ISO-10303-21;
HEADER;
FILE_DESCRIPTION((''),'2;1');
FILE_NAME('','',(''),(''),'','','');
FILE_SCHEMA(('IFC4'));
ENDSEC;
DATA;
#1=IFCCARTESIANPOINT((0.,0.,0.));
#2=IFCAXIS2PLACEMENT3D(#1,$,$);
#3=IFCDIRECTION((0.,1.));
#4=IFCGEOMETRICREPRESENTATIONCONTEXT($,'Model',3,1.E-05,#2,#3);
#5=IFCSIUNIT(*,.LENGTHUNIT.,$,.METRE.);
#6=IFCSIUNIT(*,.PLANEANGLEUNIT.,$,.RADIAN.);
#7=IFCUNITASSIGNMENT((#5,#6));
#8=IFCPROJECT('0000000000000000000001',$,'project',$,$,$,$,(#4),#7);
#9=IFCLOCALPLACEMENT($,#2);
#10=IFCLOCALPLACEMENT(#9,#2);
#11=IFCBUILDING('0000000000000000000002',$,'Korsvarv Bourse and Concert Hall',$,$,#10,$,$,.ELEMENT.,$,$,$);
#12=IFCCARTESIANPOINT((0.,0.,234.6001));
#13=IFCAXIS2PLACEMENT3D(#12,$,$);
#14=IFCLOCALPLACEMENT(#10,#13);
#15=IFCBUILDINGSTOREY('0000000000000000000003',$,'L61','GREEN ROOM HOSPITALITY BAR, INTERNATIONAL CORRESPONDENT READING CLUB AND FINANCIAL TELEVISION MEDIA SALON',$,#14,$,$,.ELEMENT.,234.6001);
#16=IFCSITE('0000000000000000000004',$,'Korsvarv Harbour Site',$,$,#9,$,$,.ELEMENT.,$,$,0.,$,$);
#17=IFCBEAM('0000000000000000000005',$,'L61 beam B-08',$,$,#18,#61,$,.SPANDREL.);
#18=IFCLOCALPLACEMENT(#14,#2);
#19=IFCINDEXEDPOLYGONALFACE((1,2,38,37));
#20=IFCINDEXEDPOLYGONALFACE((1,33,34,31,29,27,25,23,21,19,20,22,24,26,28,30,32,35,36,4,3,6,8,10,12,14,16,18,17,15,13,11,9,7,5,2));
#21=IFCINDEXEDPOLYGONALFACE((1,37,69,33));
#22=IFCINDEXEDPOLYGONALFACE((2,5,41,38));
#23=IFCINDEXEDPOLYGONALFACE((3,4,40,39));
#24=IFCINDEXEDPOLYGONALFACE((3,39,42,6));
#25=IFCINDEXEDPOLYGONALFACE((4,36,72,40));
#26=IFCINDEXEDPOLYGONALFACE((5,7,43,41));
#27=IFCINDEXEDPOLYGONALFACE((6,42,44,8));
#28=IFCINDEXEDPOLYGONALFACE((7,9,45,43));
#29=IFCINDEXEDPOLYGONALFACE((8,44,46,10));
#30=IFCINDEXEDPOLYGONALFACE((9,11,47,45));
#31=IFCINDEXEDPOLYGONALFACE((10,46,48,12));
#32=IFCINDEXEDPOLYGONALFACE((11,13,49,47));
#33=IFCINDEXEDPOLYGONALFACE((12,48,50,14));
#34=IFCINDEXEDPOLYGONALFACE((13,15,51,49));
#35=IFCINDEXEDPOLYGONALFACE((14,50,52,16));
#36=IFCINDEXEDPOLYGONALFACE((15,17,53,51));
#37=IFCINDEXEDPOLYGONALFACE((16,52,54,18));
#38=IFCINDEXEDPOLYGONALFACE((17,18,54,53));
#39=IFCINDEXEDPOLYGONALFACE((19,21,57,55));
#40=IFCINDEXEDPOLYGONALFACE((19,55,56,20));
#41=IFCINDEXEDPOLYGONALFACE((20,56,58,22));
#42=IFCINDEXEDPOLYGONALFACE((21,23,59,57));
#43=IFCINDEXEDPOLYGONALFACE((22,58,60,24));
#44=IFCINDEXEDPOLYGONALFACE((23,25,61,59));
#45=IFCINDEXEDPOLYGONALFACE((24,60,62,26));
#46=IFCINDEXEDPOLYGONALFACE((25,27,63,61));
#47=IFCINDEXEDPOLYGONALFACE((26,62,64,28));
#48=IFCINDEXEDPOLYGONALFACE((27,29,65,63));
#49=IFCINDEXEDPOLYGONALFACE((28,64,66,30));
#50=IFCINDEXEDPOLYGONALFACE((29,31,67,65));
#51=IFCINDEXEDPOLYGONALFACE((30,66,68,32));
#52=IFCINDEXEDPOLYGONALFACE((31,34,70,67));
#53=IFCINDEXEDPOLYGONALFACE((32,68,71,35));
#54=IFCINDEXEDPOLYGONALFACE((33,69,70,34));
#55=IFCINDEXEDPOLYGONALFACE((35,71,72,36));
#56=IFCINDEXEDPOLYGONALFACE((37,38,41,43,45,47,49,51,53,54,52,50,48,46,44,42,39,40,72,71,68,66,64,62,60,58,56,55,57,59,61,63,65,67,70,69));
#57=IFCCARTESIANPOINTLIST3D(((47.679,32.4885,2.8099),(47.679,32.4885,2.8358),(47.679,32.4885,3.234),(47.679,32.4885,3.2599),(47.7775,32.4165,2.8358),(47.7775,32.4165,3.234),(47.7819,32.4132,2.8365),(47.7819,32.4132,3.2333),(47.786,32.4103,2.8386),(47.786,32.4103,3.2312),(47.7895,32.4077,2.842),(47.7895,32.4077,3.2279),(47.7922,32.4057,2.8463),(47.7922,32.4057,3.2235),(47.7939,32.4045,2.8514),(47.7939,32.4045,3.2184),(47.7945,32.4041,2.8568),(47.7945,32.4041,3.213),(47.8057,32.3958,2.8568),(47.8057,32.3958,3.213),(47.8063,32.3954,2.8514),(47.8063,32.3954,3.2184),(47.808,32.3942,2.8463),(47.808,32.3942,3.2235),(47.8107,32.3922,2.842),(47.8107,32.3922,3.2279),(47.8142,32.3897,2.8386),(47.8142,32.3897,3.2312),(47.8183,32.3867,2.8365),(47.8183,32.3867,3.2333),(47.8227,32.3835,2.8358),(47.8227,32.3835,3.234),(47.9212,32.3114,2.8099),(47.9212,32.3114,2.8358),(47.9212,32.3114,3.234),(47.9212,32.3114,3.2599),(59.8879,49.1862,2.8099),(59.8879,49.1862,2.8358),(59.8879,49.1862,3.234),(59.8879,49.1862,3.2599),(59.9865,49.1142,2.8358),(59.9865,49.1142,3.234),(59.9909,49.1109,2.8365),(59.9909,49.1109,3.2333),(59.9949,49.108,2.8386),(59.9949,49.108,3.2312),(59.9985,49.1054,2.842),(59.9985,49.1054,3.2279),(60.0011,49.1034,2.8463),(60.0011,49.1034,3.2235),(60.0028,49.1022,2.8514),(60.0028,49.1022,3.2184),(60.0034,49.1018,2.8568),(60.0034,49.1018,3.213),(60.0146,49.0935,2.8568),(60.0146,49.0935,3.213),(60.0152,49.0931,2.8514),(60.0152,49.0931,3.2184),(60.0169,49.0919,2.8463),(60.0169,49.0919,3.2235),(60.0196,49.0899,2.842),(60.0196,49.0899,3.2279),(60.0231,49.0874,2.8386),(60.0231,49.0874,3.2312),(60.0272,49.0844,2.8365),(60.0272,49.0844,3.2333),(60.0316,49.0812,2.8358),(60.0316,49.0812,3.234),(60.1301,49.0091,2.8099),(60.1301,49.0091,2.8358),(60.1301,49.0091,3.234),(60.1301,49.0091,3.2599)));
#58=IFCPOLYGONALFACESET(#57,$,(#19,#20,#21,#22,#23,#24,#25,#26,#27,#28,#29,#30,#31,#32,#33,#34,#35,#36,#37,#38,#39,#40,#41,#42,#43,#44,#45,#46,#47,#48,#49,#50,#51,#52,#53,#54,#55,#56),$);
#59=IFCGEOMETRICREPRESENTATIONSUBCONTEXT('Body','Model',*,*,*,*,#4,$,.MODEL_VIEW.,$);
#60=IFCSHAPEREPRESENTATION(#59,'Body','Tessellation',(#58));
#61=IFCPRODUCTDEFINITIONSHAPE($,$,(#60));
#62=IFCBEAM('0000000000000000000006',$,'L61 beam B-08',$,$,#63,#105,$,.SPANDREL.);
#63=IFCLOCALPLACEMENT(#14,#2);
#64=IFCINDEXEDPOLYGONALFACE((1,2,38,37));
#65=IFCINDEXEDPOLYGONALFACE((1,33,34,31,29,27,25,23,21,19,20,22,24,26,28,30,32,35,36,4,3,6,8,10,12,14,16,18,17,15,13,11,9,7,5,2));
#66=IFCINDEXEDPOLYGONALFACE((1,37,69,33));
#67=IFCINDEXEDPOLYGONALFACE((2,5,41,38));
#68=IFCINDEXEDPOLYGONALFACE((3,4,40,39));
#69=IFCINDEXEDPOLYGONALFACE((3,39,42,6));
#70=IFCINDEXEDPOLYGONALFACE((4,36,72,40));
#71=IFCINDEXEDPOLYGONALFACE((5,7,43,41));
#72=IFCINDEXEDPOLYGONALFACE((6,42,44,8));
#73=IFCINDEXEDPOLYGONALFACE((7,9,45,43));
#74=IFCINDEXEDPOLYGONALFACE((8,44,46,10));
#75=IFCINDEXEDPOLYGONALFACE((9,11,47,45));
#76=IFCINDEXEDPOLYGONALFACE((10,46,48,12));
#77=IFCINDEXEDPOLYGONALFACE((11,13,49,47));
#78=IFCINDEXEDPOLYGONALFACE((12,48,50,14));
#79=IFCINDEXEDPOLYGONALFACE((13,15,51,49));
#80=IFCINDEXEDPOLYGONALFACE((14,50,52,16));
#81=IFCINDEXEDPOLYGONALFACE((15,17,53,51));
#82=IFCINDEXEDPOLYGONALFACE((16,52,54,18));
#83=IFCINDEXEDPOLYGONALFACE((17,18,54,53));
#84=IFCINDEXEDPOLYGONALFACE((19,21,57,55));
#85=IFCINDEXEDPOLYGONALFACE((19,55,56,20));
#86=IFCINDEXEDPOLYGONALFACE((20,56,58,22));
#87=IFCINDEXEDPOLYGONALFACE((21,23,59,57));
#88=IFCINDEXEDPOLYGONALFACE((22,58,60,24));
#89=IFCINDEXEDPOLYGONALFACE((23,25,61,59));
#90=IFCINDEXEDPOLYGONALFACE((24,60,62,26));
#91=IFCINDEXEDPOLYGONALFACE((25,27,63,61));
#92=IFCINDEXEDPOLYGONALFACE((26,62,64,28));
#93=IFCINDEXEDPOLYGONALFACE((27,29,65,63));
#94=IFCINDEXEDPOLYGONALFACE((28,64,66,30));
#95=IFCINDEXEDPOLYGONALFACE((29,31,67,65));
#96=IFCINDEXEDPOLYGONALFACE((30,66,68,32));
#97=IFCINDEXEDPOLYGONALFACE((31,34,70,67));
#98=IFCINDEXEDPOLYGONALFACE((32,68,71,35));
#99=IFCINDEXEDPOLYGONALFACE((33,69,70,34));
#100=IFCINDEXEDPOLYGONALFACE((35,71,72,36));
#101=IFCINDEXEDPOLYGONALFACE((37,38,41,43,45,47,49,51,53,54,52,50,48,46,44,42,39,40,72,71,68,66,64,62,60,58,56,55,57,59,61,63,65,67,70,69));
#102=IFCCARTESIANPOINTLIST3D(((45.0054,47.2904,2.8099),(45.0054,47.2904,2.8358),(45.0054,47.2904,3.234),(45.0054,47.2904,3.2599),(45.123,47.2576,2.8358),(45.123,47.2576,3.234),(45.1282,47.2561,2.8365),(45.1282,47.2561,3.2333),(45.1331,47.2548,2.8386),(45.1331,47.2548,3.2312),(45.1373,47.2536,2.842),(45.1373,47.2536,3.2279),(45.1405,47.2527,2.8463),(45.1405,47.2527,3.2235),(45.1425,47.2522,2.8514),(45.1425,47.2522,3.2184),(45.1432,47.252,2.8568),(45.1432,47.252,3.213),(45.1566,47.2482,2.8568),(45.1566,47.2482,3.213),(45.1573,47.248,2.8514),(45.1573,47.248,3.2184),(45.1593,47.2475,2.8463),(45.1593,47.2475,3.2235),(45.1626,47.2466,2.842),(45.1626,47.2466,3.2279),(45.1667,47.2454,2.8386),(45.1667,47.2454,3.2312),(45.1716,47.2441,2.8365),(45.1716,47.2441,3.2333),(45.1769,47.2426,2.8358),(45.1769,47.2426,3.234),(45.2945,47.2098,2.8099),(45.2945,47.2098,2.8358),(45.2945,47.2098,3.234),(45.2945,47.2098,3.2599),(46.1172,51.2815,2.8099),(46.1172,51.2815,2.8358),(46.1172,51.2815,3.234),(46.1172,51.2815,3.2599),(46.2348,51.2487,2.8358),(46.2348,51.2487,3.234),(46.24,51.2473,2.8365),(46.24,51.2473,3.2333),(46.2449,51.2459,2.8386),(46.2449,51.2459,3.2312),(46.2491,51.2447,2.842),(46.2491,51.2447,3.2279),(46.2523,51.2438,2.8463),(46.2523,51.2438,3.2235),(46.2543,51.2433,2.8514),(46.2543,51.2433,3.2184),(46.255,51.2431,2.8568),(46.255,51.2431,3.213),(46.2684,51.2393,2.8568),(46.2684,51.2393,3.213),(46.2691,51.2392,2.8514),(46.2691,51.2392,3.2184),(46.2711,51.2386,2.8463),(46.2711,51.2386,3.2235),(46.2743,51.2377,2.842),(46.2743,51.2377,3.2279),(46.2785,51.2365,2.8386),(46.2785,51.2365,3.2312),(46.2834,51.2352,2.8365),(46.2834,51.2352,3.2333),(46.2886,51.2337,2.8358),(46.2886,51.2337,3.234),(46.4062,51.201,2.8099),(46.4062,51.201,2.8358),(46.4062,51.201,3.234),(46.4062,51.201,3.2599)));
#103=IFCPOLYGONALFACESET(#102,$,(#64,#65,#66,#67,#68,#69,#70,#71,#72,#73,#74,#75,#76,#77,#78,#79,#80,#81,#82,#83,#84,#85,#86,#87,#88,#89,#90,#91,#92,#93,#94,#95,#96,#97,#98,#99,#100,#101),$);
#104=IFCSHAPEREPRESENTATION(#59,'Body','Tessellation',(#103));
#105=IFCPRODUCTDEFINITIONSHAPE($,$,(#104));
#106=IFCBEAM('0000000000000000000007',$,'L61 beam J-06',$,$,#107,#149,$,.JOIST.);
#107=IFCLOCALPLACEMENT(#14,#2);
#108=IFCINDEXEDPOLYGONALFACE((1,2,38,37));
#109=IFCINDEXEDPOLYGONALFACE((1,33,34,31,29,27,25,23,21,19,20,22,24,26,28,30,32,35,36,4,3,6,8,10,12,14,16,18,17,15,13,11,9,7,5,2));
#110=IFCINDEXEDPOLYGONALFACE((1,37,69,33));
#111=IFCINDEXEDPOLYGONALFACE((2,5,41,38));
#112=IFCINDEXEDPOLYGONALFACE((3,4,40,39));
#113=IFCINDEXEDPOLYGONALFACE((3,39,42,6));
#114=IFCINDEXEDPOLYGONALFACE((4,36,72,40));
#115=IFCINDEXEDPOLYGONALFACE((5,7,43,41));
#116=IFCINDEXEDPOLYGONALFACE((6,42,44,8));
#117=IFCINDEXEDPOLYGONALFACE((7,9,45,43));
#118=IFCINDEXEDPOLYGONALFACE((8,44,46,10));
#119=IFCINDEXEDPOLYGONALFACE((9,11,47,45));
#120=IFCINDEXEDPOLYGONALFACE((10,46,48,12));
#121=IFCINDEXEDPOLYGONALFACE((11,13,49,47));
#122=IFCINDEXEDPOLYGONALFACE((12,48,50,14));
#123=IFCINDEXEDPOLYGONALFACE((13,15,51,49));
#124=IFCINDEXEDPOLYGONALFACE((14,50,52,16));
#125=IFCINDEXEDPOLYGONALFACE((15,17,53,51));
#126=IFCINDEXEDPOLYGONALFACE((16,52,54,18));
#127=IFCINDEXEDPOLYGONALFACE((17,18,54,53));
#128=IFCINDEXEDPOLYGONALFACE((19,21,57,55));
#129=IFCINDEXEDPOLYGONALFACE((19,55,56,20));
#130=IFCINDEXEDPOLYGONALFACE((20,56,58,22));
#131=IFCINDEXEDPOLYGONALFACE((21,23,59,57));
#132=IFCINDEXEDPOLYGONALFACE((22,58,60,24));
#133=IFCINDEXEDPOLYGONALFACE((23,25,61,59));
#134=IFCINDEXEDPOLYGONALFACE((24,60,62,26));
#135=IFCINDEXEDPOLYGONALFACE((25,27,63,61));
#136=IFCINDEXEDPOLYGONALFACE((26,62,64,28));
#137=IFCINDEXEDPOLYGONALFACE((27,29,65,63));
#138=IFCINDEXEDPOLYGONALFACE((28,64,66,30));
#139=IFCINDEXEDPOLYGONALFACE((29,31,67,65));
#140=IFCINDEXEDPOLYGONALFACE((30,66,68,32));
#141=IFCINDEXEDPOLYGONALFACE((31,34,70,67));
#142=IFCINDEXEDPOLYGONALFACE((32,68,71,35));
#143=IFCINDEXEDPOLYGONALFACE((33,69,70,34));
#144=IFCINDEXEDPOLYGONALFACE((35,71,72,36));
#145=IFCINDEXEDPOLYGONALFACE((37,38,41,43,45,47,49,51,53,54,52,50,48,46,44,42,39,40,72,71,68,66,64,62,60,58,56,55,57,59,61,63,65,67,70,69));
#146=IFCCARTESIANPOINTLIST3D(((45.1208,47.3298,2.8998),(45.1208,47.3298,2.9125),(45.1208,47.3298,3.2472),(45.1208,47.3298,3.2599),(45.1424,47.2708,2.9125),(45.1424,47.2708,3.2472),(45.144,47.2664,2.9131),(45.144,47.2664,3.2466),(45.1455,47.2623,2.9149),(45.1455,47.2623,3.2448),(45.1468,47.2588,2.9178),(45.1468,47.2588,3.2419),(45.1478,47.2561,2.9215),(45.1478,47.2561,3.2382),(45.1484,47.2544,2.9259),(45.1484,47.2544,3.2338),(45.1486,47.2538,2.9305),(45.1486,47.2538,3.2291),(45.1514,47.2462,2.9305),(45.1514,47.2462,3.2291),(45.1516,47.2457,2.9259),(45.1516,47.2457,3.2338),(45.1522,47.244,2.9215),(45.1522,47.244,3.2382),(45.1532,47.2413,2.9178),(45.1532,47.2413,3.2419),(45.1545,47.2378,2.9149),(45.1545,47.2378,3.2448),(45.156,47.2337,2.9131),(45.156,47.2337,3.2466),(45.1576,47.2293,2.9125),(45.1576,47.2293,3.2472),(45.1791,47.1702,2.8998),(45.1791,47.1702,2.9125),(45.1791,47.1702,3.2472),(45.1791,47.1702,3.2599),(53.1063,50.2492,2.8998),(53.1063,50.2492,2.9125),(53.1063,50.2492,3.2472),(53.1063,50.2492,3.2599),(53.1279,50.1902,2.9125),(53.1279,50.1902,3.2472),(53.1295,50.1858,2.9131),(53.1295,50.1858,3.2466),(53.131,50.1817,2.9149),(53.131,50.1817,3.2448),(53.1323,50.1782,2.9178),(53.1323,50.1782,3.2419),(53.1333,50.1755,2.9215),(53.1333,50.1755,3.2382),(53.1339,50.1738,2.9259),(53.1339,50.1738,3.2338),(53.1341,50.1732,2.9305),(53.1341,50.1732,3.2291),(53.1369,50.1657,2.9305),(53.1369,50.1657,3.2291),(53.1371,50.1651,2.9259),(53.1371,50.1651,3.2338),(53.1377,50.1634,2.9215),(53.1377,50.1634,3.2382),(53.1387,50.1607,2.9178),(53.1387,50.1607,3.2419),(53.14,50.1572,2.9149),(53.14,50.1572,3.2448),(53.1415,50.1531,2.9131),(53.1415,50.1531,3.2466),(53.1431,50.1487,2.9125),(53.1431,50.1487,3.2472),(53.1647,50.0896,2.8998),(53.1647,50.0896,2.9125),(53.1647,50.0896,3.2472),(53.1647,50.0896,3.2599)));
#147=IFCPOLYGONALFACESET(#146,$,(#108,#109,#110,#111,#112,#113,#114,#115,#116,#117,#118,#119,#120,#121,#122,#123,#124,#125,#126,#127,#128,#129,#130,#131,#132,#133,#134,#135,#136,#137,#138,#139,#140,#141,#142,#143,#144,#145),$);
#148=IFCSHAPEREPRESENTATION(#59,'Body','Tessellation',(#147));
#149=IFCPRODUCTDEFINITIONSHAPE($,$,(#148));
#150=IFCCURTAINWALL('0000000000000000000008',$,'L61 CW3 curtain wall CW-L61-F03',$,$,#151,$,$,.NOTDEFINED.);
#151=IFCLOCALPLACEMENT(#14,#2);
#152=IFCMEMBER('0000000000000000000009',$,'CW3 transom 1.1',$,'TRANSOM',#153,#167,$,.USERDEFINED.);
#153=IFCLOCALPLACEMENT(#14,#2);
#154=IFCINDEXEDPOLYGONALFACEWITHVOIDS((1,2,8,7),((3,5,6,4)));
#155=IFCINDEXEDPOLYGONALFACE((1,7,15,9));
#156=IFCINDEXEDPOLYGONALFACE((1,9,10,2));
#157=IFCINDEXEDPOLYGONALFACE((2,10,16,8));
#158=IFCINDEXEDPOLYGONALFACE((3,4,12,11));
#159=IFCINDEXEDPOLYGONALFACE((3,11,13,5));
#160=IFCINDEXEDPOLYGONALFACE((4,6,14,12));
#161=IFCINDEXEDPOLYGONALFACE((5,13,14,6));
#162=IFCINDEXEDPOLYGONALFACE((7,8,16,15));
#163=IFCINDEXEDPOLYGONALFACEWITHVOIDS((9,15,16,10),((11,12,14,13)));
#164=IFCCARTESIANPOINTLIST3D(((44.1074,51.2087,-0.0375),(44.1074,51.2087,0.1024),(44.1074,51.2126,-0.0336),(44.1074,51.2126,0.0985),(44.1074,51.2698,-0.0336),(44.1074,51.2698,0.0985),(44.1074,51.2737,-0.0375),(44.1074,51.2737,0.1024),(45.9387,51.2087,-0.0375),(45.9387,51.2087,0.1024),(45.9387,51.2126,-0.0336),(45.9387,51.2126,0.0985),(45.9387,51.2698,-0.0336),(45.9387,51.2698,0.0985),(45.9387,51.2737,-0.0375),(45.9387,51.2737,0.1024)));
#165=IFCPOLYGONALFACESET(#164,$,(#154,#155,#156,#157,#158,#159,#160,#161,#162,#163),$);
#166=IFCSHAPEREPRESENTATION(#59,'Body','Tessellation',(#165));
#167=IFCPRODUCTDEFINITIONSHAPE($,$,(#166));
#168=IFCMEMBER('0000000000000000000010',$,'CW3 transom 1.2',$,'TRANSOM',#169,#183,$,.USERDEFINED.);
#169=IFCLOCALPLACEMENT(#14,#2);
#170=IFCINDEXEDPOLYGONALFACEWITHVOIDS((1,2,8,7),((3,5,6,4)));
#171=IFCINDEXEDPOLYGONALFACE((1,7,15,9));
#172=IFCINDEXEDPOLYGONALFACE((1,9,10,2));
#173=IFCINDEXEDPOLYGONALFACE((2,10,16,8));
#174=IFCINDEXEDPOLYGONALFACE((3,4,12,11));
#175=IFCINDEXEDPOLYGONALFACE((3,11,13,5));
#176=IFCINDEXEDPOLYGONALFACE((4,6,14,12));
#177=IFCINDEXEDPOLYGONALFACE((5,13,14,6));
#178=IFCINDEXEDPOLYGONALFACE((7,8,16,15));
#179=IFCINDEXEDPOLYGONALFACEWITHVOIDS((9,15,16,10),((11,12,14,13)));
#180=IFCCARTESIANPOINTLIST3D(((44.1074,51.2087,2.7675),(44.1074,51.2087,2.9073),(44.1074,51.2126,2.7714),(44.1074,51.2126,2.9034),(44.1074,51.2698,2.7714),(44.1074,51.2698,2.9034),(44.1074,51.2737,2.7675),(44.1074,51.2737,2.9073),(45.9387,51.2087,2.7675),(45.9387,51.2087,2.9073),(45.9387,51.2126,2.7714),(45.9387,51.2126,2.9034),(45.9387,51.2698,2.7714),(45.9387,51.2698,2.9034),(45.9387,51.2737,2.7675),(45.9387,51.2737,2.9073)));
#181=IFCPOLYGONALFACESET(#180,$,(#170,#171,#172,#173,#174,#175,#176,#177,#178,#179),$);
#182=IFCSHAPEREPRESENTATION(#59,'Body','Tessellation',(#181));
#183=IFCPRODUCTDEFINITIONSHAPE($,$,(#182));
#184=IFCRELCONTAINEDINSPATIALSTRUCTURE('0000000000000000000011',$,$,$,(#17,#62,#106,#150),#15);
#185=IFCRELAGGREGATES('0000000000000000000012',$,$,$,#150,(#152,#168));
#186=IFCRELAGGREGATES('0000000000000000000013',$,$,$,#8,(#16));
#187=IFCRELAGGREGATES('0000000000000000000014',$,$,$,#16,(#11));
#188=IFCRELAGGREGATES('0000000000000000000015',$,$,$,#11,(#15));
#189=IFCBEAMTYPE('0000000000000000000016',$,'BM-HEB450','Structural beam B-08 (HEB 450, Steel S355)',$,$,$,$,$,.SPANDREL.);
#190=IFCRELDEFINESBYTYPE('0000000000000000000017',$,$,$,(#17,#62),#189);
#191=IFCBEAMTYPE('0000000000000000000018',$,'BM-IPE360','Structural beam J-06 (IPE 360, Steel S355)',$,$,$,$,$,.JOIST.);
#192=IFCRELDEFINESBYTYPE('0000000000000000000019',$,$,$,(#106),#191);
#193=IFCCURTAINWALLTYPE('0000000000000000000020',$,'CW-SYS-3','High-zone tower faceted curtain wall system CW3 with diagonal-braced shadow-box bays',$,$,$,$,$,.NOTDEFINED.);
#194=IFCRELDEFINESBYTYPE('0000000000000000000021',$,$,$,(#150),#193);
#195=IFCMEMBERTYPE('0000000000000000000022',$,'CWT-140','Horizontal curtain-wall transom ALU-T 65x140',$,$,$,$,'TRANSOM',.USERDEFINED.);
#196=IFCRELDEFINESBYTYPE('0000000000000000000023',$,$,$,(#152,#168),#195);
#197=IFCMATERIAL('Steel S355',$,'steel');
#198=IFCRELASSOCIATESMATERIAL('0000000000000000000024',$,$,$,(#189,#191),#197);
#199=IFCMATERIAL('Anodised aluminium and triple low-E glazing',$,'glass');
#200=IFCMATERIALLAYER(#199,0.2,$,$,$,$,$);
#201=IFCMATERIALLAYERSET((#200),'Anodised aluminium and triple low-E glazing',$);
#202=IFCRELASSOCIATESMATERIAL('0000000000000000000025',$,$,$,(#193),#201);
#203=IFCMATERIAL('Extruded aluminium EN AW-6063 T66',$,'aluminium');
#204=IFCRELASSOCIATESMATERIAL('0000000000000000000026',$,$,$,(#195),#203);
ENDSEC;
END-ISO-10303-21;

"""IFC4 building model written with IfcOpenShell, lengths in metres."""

from ifc_helpers import new_model, si_unit, direction, frame, origin, origin_2d, place, context, subcontext, project, spatial, hollow_rectangle, i_section, extrude, source, transform, mapped, material, layer, layer_set, material_profile, profile_set, type_object, element, aggregate, save


model = new_model("IFC4")

# Units and contexts
model_context = context("Model", 3, precision=1e-05, world=origin(), true_north=direction((0.0, 1.0)))
body_context = subcontext(model_context, "Body", "Model", "MODEL_VIEW")
ifc_project = project(units=[si_unit("LENGTHUNIT", "METRE"), si_unit("PLANEANGLEUNIT", "RADIAN")], contexts=[model_context])

# Site, building, storey
site_placement = place(None, origin())
site = spatial("IfcSite", under=ifc_project, at=site_placement, Name="Korsvarv Harbour Site", CompositionType="ELEMENT", RefElevation=0.0)
building_placement = place(site_placement, origin())
building = spatial("IfcBuilding", under=site, at=building_placement, Name="Korsvarv Bourse and Concert Hall", CompositionType="ELEMENT")
storey_placement = place(building_placement, frame((0.0, 0.0, 234.6001)))
storey = spatial("IfcBuildingStorey", under=building, at=storey_placement, Name="L61", Description="GREEN ROOM HOSPITALITY BAR, INTERNATIONAL CORRESPONDENT READING CLUB AND FINANCIAL TELEVISION MEDIA SALON", CompositionType="ELEMENT", Elevation=234.6001)

# Shared definitions
ifc_material_1 = material(Name="Steel S355", Category="steel")

# Beams
ifc_material_profile_1 = material_profile(ifc_material_1, i_section(OverallWidth=0.3, OverallDepth=0.45, WebThickness=0.0139, FlangeThickness=0.0259, FilletRadius=0.021, at=origin_2d()), Name="HEB 450")
ifc_profile_set_1 = profile_set([ifc_material_profile_1], Name="Steel S355")
beam_type_1 = type_object("IfcBeamType", Name="BM-HEB450", Description="Structural beam B-08 (HEB 450, Steel S355)", PredefinedType="SPANDREL", material=ifc_profile_set_1)
shared_shape_1 = source(origin(), body_context, "Body", "SweptSolid", [
    extrude(i_section(OverallWidth=0.3, OverallDepth=0.45, WebThickness=0.0139, FlangeThickness=0.0259, FilletRadius=0.021, at=origin_2d()), origin(), (0.0, 0.0, 1.0), 20.6851),
])
beam_1_placement = place(storey_placement, frame((60.009, 49.0977, 3.0349), z_axis=(-0.59023, -0.807235, 0.0), x_axis=(0.807235, -0.59023, 0.0)))
element("IfcBeam", 1, at=beam_1_placement, inside=storey, type_object=beam_type_1, Name="L61 beam B-08", PredefinedType="SPANDREL", context=body_context, shape_type="MappedRepresentation", body=[
    mapped(shared_shape_1, transform((0.0, 0.0, 0.0), scale=1.0)),
])
shared_shape_2 = source(origin(), body_context, "Body", "SweptSolid", [
    extrude(i_section(OverallWidth=0.3, OverallDepth=0.45, WebThickness=0.0139, FlangeThickness=0.0259, FilletRadius=0.021, at=origin_2d()), origin(), (0.0, 0.0, 1.0), 4.1431),
])
beam_2_placement = place(storey_placement, frame((46.2617, 51.2412, 3.0349), z_axis=(-0.268349, -0.963322, 0.0), x_axis=(0.963322, -0.268349, 0.0)))
element("IfcBeam", 2, at=beam_2_placement, inside=storey, type_object=beam_type_1, Name="L61 beam B-08", PredefinedType="SPANDREL", context=body_context, shape_type="MappedRepresentation", body=[
    mapped(shared_shape_2, transform((0.0, 0.0, 0.0), scale=1.0)),
])
ifc_material_profile_2 = material_profile(ifc_material_1, i_section(OverallWidth=0.1699, OverallDepth=0.3601, WebThickness=0.0081, FlangeThickness=0.0127, FilletRadius=0.0181, at=origin_2d()), Name="IPE 360")
ifc_profile_set_2 = profile_set([ifc_material_profile_2], Name="Steel S355")
beam_type_2 = type_object("IfcBeamType", Name="BM-IPE360", Description="Structural beam J-06 (IPE 360, Steel S355)", PredefinedType="JOIST", material=ifc_profile_set_2)
shared_shape_3 = source(origin(), body_context, "Body", "SweptSolid", [
    extrude(i_section(OverallWidth=0.1699, OverallDepth=0.3601, WebThickness=0.0081, FlangeThickness=0.0127, FilletRadius=0.0181, at=origin_2d()), origin(), (0.0, 0.0, 1.0), 8.5024),
])
beam_3_placement = place(storey_placement, frame((53.1355, 50.1694, 3.0798), z_axis=(-0.939203, -0.343361, 0.0), x_axis=(0.343361, -0.939203, 0.0)))
element("IfcBeam", 3, at=beam_3_placement, inside=storey, type_object=beam_type_2, Name="L61 beam J-06", PredefinedType="JOIST", context=body_context, shape_type="MappedRepresentation", body=[
    mapped(shared_shape_3, transform((0.0, 0.0, 0.0), scale=1.0)),
])

# Curtain wall, members
ifc_material_2 = material(Name="Anodised aluminium and triple low-E glazing", Category="glass")
ifc_layer_1 = layer(ifc_material_2, 0.2)
ifc_layer_set_1 = layer_set([ifc_layer_1], Name="Anodised aluminium and triple low-E glazing")
curtain_wall_type = type_object("IfcCurtainWallType", Name="CW-SYS-3", Description="High-zone tower faceted curtain wall system CW3 with diagonal-braced shadow-box bays", PredefinedType="NOTDEFINED", material=ifc_layer_set_1)
curtain_wall_placement = place(storey_placement, origin())
curtain_wall = element("IfcCurtainWall", 4, at=curtain_wall_placement, inside=storey, type_object=curtain_wall_type, Name="L61 CW3 curtain wall CW-L61-F03", PredefinedType="NOTDEFINED")
ifc_material_3 = material(Name="Extruded aluminium EN AW-6063 T66", Category="aluminium")
ifc_material_profile_3 = material_profile(ifc_material_3, hollow_rectangle(XDim=0.0649, YDim=0.1399, WallThickness=0.0039, at=origin_2d()), Name="ALU-T 65x140")
ifc_profile_set_3 = profile_set([ifc_material_profile_3], Name="Extruded aluminium EN AW-6063 T66")
member_type_1 = type_object("IfcMemberType", Name="CWT-140", Description="Horizontal curtain-wall transom ALU-T 65x140", ElementType="TRANSOM", PredefinedType="USERDEFINED", material=ifc_profile_set_3)
shared_shape_4 = source(origin(), body_context, "Body", "SweptSolid", [
    extrude(hollow_rectangle(XDim=0.0649, YDim=0.1399, WallThickness=0.0039, at=origin_2d()), origin(), (0.0, 0.0, 1.0), 1.8313),
])
member_1_placement = place(storey_placement, frame((45.9387, 51.2412, 0.0325), z_axis=(-1.0, 0.0, 0.0), x_axis=(0.0, -1.0, 0.0)))
member_1 = element("IfcMember", 5, at=member_1_placement, type_object=member_type_1, Name="CW3 transom 1.1", ObjectType="TRANSOM", PredefinedType="USERDEFINED", context=body_context, shape_type="MappedRepresentation", body=[
    mapped(shared_shape_4, transform((0.0, 0.0, 0.0), scale=1.0)),
])
member_2_placement = place(storey_placement, frame((45.9387, 51.2412, 2.8374), z_axis=(-1.0, 0.0, 0.0), x_axis=(0.0, -1.0, 0.0)))
member_2 = element("IfcMember", 6, at=member_2_placement, type_object=member_type_1, Name="CW3 transom 1.2", ObjectType="TRANSOM", PredefinedType="USERDEFINED", context=body_context, shape_type="MappedRepresentation", body=[
    mapped(shared_shape_4, transform((0.0, 0.0, 0.0), scale=1.0)),
])
aggregate(curtain_wall, [member_1, member_2])

save(model, "model.ifc")
